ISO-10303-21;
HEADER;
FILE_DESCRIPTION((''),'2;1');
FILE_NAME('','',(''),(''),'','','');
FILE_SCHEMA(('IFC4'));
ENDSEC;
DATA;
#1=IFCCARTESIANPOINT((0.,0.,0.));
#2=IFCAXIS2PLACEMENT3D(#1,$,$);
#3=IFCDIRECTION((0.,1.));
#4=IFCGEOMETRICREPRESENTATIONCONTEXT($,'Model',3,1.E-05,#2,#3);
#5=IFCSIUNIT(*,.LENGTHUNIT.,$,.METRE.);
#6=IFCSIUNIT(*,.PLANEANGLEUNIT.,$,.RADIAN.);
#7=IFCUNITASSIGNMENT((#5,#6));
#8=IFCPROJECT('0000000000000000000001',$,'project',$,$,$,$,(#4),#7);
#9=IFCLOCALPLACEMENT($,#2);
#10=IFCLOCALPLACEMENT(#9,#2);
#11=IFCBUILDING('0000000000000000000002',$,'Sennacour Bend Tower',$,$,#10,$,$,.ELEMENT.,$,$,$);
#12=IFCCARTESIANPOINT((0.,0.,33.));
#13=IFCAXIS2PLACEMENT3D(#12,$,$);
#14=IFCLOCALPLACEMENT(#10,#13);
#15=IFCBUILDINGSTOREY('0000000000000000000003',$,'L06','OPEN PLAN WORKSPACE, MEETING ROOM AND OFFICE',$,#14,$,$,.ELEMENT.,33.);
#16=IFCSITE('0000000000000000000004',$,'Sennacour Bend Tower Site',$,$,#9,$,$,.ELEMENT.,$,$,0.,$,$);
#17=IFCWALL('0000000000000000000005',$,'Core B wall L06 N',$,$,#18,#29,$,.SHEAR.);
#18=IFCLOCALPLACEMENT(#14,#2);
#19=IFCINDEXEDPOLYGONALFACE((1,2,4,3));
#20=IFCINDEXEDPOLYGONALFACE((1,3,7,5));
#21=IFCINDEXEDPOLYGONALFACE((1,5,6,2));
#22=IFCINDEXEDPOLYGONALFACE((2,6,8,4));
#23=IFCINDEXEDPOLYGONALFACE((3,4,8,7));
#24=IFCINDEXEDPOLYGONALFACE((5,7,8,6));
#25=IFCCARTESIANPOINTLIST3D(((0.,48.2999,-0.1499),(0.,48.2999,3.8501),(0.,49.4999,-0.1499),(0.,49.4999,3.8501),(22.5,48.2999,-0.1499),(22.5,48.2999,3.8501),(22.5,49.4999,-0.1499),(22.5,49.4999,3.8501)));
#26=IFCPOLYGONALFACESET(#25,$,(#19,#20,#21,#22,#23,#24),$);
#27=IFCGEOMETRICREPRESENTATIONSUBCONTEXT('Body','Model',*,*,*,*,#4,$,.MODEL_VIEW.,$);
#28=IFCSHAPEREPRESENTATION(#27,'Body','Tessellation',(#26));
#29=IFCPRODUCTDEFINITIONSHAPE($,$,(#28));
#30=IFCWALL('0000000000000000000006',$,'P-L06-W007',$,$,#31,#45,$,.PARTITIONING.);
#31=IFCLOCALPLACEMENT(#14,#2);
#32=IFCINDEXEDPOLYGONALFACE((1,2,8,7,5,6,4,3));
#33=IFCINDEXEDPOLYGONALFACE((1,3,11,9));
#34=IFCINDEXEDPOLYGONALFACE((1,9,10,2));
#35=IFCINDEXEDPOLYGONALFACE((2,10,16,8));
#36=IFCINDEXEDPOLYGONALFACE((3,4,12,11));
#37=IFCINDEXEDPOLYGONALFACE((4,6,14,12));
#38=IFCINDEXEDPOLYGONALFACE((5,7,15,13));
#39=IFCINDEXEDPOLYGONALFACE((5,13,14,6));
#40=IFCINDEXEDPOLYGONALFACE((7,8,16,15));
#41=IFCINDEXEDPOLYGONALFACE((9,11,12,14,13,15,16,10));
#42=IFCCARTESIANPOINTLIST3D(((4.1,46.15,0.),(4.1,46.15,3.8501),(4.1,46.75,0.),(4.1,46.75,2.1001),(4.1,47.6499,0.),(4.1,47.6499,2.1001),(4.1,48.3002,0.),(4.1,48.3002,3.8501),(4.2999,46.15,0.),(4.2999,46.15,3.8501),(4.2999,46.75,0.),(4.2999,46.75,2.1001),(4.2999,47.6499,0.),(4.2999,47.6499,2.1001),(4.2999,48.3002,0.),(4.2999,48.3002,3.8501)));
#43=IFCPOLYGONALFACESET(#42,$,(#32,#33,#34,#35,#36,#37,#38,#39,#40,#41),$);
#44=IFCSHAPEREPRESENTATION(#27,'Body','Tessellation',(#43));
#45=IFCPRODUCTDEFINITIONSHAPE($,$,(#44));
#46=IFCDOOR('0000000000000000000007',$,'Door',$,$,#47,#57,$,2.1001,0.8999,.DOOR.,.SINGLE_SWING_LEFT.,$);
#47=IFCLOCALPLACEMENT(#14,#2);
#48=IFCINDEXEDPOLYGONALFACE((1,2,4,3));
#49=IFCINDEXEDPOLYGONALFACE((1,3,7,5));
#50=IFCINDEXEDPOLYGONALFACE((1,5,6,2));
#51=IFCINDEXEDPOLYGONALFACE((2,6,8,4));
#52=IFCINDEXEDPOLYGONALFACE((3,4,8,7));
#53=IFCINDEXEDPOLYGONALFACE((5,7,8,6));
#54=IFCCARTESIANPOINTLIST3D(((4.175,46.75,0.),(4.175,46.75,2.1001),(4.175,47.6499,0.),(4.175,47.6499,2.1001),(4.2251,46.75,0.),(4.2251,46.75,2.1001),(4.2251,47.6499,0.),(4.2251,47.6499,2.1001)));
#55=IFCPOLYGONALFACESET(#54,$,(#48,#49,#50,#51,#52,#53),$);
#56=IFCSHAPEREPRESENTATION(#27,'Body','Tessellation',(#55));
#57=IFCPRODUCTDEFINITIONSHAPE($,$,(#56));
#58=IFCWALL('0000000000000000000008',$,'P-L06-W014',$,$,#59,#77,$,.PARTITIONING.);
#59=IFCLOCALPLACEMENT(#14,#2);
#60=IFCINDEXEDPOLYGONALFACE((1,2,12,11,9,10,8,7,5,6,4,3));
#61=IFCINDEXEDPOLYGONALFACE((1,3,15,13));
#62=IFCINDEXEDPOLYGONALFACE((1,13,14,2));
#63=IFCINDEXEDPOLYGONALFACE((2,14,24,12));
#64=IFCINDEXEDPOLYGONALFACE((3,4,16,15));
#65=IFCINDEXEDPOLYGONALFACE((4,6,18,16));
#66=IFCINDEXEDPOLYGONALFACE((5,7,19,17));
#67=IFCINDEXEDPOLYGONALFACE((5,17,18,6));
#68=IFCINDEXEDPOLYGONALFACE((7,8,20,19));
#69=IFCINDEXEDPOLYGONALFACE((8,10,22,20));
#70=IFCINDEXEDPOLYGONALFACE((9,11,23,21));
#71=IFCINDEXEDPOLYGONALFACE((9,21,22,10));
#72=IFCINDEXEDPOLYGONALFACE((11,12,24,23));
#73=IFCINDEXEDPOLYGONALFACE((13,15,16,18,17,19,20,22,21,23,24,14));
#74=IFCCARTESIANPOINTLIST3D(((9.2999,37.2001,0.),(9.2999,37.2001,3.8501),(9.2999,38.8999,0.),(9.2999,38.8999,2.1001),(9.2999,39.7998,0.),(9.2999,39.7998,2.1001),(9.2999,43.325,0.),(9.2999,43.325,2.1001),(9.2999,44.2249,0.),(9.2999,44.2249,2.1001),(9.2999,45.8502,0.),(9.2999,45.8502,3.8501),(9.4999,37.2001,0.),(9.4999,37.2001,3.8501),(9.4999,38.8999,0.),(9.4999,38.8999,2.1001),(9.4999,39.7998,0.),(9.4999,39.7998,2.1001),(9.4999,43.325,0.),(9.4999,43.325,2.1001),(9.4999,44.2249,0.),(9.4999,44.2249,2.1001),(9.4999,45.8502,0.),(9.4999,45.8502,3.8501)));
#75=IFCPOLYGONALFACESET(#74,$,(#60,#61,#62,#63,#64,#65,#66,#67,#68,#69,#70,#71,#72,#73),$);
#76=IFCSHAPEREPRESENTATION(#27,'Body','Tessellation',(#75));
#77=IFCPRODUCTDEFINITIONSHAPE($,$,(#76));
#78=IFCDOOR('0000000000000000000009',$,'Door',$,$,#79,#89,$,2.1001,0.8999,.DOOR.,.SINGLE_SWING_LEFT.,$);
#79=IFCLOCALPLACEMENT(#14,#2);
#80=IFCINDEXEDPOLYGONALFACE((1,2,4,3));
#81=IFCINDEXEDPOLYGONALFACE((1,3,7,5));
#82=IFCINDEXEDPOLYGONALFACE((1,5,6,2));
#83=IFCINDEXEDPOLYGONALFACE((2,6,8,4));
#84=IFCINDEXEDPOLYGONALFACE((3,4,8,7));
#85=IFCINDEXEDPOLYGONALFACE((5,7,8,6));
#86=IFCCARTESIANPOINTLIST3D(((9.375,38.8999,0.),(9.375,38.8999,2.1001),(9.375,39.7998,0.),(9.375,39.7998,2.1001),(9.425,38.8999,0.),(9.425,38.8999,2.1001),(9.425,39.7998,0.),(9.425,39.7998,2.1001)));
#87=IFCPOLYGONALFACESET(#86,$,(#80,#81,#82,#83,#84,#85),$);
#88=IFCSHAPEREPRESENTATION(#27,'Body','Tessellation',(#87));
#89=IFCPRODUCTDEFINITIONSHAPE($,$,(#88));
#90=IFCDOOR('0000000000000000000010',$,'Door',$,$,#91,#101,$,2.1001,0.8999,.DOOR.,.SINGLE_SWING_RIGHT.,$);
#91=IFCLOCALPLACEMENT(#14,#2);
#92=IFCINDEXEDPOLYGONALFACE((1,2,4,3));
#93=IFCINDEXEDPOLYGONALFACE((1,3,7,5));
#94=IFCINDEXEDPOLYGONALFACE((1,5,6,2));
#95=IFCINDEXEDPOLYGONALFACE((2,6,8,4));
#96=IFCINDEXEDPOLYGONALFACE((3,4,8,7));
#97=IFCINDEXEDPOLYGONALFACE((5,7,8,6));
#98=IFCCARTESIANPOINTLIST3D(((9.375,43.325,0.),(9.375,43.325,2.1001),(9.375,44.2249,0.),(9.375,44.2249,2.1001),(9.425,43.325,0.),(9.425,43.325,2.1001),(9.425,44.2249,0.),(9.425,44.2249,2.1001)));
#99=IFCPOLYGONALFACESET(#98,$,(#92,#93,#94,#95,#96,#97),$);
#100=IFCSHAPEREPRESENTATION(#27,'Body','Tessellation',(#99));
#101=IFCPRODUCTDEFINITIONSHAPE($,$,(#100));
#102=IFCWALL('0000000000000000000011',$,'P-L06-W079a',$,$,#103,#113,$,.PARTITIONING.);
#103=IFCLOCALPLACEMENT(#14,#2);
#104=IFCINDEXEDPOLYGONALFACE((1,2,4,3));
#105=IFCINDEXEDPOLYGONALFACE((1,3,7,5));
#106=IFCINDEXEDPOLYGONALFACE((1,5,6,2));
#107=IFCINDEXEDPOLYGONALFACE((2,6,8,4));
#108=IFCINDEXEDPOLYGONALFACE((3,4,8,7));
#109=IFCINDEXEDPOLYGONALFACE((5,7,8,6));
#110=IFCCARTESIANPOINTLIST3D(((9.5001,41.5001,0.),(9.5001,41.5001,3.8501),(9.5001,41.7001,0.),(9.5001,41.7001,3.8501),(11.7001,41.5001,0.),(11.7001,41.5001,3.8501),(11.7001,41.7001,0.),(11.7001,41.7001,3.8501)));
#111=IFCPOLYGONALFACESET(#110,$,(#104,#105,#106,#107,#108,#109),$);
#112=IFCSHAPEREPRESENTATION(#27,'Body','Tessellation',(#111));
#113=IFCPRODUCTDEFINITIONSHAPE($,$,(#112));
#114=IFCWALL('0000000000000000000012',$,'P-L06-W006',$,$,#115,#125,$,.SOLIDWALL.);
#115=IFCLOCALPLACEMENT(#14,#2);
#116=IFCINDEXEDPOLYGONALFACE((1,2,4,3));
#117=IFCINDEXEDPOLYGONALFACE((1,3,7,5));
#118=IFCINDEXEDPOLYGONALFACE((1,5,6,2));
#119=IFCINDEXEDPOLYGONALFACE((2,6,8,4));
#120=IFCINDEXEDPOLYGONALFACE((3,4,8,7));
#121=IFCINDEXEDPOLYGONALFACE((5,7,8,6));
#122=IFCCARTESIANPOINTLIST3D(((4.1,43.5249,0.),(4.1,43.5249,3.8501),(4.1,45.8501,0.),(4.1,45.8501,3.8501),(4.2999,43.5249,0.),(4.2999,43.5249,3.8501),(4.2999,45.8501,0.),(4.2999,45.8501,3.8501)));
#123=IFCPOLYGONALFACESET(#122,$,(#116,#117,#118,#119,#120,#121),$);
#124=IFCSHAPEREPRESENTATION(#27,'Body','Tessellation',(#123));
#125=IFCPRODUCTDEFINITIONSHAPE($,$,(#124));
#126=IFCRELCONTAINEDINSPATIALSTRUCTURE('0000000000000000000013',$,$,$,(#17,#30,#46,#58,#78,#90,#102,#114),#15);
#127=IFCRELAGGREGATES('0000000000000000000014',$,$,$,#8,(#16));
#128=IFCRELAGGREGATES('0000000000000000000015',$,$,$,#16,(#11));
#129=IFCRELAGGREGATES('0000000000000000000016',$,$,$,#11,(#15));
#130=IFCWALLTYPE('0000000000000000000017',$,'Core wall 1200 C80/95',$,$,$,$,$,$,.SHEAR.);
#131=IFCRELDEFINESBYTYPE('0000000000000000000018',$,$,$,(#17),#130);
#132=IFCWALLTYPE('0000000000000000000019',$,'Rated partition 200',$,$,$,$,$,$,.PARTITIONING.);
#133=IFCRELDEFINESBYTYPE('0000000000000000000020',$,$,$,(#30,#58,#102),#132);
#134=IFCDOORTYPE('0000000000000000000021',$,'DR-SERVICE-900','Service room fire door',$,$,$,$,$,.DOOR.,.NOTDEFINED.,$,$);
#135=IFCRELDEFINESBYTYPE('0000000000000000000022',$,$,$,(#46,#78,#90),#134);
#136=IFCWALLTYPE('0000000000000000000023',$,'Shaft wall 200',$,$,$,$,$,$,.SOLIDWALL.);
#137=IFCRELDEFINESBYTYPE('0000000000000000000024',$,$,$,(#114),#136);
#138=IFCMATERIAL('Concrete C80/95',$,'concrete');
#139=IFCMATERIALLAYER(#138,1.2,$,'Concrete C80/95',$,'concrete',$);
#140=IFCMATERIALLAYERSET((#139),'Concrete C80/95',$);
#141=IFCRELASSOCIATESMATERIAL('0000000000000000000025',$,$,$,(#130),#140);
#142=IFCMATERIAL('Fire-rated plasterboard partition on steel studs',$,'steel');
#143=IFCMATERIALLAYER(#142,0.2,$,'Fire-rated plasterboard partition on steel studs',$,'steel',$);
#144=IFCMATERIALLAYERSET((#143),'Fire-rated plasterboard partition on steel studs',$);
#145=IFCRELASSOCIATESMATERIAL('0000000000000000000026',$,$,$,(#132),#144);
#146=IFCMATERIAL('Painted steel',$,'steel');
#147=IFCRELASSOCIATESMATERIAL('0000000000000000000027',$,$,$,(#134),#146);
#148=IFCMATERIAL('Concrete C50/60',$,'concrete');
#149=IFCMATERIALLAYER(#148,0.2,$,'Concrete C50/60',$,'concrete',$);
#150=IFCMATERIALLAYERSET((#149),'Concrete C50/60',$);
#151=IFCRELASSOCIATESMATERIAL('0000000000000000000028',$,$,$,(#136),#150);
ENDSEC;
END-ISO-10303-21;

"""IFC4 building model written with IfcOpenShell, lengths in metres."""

from ifc_helpers import new_model, si_unit, direction, frame, frame_2d, origin, place, context, subcontext, project, spatial, rectangle, extrude, material, layer, layer_set, type_object, element, fill, save


model = new_model("IFC4")

# Units and contexts
model_context = context("Model", 3, precision=1e-05, world=origin(), true_north=direction((0.0, 1.0)))
body_context = subcontext(model_context, "Body", "Model", "MODEL_VIEW")
ifc_project = project(units=[si_unit("LENGTHUNIT", "METRE"), si_unit("PLANEANGLEUNIT", "RADIAN")], contexts=[model_context])

# Site, building, storey
site_placement = place(None, origin())
site = spatial("IfcSite", under=ifc_project, at=site_placement, Name="Sennacour Bend Tower Site", CompositionType="ELEMENT", RefElevation=0.0)
building_placement = place(site_placement, origin())
building = spatial("IfcBuilding", under=site, at=building_placement, Name="Sennacour Bend Tower", CompositionType="ELEMENT")
storey_placement = place(building_placement, frame((0.0, 0.0, 33.0)))
storey = spatial("IfcBuildingStorey", under=building, at=storey_placement, Name="L06", Description="OPEN PLAN WORKSPACE, MEETING ROOM AND OFFICE", CompositionType="ELEMENT", Elevation=33.0)

# Wall
ifc_material_1 = material(Name="Concrete C80/95", Category="concrete")
ifc_layer_1 = layer(ifc_material_1, 1.2, Name="Concrete C80/95", Category="concrete")
ifc_layer_set_1 = layer_set([ifc_layer_1], Name="Concrete C80/95")
wall_type_1 = type_object("IfcWallType", Name="Core wall 1200 C80/95", PredefinedType="SHEAR", material=ifc_layer_set_1)
wall_1_placement = place(storey_placement, frame((0.0, 48.8999, -0.1499), z_axis=(0.0, 0.0, 1.0), x_axis=(1.0, 0.0, 0.0)))
element("IfcWall", 1, at=wall_1_placement, inside=storey, type_object=wall_type_1, Name="Core B wall L06 N", PredefinedType="SHEAR", context=body_context, shape_type="SweptSolid", body=[
    extrude(rectangle(XDim=22.5, YDim=1.2, at=frame_2d((11.25, 0.0))), origin(), (0.0, 0.0, 1.0), 4.0),
])

# Wall, opening, door
ifc_material_2 = material(Name="Fire-rated plasterboard partition on steel studs", Category="steel")
ifc_layer_2 = layer(ifc_material_2, 0.2, Name="Fire-rated plasterboard partition on steel studs", Category="steel")
ifc_layer_set_2 = layer_set([ifc_layer_2], Name="Fire-rated plasterboard partition on steel studs")
wall_type_2 = type_object("IfcWallType", Name="Rated partition 200", PredefinedType="PARTITIONING", material=ifc_layer_set_2)
wall_2_placement = place(storey_placement, frame((4.2, 46.1499, 0.0), z_axis=(0.0, 0.0, 1.0), x_axis=(0.0, 1.0, 0.0)))
wall_2 = element("IfcWall", 2, at=wall_2_placement, inside=storey, type_object=wall_type_2, Name="P-L06-W007", PredefinedType="PARTITIONING", context=body_context, shape_type="SweptSolid", body=[
    extrude(rectangle(XDim=2.1501, YDim=0.2, at=frame_2d((1.0752, 0.0))), origin(), (0.0, 0.0, 1.0), 3.8501),
])
opening_1_placement = place(wall_2_placement, frame((0.6001, 0.0, 0.0)))
opening_1 = element("IfcOpeningElement", 3, at=opening_1_placement, cuts=wall_2, PredefinedType="OPENING", context=body_context, shape_type="SweptSolid", body=[
    extrude(rectangle(XDim=0.8999, YDim=2.1001, at=frame_2d((0.45, 1.05))), frame((0.0, 0.1099, 0.0), z_axis=(0.0, -1.0, 0.0), x_axis=(1.0, 0.0, 0.0)), (0.0, 0.0, 1.0), 0.22),
])
ifc_material_3 = material(Name="Painted steel", Category="steel")
door_type_1 = type_object("IfcDoorType", Name="DR-SERVICE-900", Description="Service room fire door", OperationType="NOTDEFINED", PredefinedType="DOOR", material=ifc_material_3)
door_1_placement = place(opening_1_placement, origin())
door_1 = element("IfcDoor", 4, at=door_1_placement, inside=storey, type_object=door_type_1, Name="Door", OperationType="SINGLE_SWING_LEFT", OverallHeight=2.1001, OverallWidth=0.8999, PredefinedType="DOOR", context=body_context, shape_type="SweptSolid", body=[
    extrude(rectangle(XDim=0.8999, YDim=2.1001, at=frame_2d((0.45, 1.05))), frame((0.0, 0.0249, 0.0), z_axis=(0.0, -1.0, 0.0), x_axis=(1.0, 0.0, 0.0)), (0.0, 0.0, 1.0), 0.05),
])
fill(opening_1, door_1)

# Wall, openings, doors
wall_3_placement = place(storey_placement, frame((9.3999, 37.2, 0.0), z_axis=(0.0, 0.0, 1.0), x_axis=(0.0, 1.0, 0.0)))
wall_3 = element("IfcWall", 5, at=wall_3_placement, inside=storey, type_object=wall_type_2, Name="P-L06-W014", PredefinedType="PARTITIONING", context=body_context, shape_type="SweptSolid", body=[
    extrude(rectangle(XDim=8.6501, YDim=0.2, at=frame_2d((4.3252, 0.0))), origin(), (0.0, 0.0, 1.0), 3.8501),
])
opening_2_placement = place(wall_3_placement, frame((1.7, 0.0, 0.0)))
opening_2 = element("IfcOpeningElement", 6, at=opening_2_placement, cuts=wall_3, PredefinedType="OPENING", context=body_context, shape_type="SweptSolid", body=[
    extrude(rectangle(XDim=0.8999, YDim=2.1001, at=frame_2d((0.45, 1.05))), frame((0.0, 0.1099, 0.0), z_axis=(0.0, -1.0, 0.0), x_axis=(1.0, 0.0, 0.0)), (0.0, 0.0, 1.0), 0.22),
])
opening_3_placement = place(wall_3_placement, frame((6.125, 0.0, 0.0)))
opening_3 = element("IfcOpeningElement", 7, at=opening_3_placement, cuts=wall_3, PredefinedType="OPENING", context=body_context, shape_type="SweptSolid", body=[
    extrude(rectangle(XDim=0.8999, YDim=2.1001, at=frame_2d((0.45, 1.05))), frame((0.0, 0.1099, 0.0), z_axis=(0.0, -1.0, 0.0), x_axis=(1.0, 0.0, 0.0)), (0.0, 0.0, 1.0), 0.22),
])
door_2_placement = place(opening_2_placement, origin())
door_2 = element("IfcDoor", 8, at=door_2_placement, inside=storey, type_object=door_type_1, Name="Door", OperationType="SINGLE_SWING_LEFT", OverallHeight=2.1001, OverallWidth=0.8999, PredefinedType="DOOR", context=body_context, shape_type="SweptSolid", body=[
    extrude(rectangle(XDim=0.8999, YDim=2.1001, at=frame_2d((0.45, 1.05))), frame((0.0, 0.0249, 0.0), z_axis=(0.0, -1.0, 0.0), x_axis=(1.0, 0.0, 0.0)), (0.0, 0.0, 1.0), 0.05),
])
fill(opening_2, door_2)
door_3_placement = place(opening_3_placement, origin())
door_3 = element("IfcDoor", 9, at=door_3_placement, inside=storey, type_object=door_type_1, Name="Door", OperationType="SINGLE_SWING_RIGHT", OverallHeight=2.1001, OverallWidth=0.8999, PredefinedType="DOOR", context=body_context, shape_type="SweptSolid", body=[
    extrude(rectangle(XDim=0.8999, YDim=2.1001, at=frame_2d((0.45, 1.05))), frame((0.0, 0.0249, 0.0), z_axis=(0.0, -1.0, 0.0), x_axis=(1.0, 0.0, 0.0)), (0.0, 0.0, 1.0), 0.05),
])
fill(opening_3, door_3)

# Walls
wall_4_placement = place(storey_placement, frame((9.5, 41.6001, 0.0), z_axis=(0.0, 0.0, 1.0), x_axis=(1.0, 0.0, 0.0)))
element("IfcWall", 10, at=wall_4_placement, inside=storey, type_object=wall_type_2, Name="P-L06-W079a", PredefinedType="PARTITIONING", context=body_context, shape_type="SweptSolid", body=[
    extrude(rectangle(XDim=2.2, YDim=0.2, at=frame_2d((1.1001, 0.0))), origin(), (0.0, 0.0, 1.0), 3.8501),
])
ifc_material_4 = material(Name="Concrete C50/60", Category="concrete")
ifc_layer_3 = layer(ifc_material_4, 0.2, Name="Concrete C50/60", Category="concrete")
ifc_layer_set_3 = layer_set([ifc_layer_3], Name="Concrete C50/60")
wall_type_3 = type_object("IfcWallType", Name="Shaft wall 200", PredefinedType="SOLIDWALL", material=ifc_layer_set_3)
wall_5_placement = place(storey_placement, frame((4.2, 43.5249, 0.0), z_axis=(0.0, 0.0, 1.0), x_axis=(0.0, 1.0, 0.0)))
element("IfcWall", 11, at=wall_5_placement, inside=storey, type_object=wall_type_3, Name="P-L06-W006", PredefinedType="SOLIDWALL", context=body_context, shape_type="SweptSolid", body=[
    extrude(rectangle(XDim=2.3252, YDim=0.2, at=frame_2d((1.1626, 0.0))), origin(), (0.0, 0.0, 1.0), 3.8501),
])

save(model, "model.ifc")
